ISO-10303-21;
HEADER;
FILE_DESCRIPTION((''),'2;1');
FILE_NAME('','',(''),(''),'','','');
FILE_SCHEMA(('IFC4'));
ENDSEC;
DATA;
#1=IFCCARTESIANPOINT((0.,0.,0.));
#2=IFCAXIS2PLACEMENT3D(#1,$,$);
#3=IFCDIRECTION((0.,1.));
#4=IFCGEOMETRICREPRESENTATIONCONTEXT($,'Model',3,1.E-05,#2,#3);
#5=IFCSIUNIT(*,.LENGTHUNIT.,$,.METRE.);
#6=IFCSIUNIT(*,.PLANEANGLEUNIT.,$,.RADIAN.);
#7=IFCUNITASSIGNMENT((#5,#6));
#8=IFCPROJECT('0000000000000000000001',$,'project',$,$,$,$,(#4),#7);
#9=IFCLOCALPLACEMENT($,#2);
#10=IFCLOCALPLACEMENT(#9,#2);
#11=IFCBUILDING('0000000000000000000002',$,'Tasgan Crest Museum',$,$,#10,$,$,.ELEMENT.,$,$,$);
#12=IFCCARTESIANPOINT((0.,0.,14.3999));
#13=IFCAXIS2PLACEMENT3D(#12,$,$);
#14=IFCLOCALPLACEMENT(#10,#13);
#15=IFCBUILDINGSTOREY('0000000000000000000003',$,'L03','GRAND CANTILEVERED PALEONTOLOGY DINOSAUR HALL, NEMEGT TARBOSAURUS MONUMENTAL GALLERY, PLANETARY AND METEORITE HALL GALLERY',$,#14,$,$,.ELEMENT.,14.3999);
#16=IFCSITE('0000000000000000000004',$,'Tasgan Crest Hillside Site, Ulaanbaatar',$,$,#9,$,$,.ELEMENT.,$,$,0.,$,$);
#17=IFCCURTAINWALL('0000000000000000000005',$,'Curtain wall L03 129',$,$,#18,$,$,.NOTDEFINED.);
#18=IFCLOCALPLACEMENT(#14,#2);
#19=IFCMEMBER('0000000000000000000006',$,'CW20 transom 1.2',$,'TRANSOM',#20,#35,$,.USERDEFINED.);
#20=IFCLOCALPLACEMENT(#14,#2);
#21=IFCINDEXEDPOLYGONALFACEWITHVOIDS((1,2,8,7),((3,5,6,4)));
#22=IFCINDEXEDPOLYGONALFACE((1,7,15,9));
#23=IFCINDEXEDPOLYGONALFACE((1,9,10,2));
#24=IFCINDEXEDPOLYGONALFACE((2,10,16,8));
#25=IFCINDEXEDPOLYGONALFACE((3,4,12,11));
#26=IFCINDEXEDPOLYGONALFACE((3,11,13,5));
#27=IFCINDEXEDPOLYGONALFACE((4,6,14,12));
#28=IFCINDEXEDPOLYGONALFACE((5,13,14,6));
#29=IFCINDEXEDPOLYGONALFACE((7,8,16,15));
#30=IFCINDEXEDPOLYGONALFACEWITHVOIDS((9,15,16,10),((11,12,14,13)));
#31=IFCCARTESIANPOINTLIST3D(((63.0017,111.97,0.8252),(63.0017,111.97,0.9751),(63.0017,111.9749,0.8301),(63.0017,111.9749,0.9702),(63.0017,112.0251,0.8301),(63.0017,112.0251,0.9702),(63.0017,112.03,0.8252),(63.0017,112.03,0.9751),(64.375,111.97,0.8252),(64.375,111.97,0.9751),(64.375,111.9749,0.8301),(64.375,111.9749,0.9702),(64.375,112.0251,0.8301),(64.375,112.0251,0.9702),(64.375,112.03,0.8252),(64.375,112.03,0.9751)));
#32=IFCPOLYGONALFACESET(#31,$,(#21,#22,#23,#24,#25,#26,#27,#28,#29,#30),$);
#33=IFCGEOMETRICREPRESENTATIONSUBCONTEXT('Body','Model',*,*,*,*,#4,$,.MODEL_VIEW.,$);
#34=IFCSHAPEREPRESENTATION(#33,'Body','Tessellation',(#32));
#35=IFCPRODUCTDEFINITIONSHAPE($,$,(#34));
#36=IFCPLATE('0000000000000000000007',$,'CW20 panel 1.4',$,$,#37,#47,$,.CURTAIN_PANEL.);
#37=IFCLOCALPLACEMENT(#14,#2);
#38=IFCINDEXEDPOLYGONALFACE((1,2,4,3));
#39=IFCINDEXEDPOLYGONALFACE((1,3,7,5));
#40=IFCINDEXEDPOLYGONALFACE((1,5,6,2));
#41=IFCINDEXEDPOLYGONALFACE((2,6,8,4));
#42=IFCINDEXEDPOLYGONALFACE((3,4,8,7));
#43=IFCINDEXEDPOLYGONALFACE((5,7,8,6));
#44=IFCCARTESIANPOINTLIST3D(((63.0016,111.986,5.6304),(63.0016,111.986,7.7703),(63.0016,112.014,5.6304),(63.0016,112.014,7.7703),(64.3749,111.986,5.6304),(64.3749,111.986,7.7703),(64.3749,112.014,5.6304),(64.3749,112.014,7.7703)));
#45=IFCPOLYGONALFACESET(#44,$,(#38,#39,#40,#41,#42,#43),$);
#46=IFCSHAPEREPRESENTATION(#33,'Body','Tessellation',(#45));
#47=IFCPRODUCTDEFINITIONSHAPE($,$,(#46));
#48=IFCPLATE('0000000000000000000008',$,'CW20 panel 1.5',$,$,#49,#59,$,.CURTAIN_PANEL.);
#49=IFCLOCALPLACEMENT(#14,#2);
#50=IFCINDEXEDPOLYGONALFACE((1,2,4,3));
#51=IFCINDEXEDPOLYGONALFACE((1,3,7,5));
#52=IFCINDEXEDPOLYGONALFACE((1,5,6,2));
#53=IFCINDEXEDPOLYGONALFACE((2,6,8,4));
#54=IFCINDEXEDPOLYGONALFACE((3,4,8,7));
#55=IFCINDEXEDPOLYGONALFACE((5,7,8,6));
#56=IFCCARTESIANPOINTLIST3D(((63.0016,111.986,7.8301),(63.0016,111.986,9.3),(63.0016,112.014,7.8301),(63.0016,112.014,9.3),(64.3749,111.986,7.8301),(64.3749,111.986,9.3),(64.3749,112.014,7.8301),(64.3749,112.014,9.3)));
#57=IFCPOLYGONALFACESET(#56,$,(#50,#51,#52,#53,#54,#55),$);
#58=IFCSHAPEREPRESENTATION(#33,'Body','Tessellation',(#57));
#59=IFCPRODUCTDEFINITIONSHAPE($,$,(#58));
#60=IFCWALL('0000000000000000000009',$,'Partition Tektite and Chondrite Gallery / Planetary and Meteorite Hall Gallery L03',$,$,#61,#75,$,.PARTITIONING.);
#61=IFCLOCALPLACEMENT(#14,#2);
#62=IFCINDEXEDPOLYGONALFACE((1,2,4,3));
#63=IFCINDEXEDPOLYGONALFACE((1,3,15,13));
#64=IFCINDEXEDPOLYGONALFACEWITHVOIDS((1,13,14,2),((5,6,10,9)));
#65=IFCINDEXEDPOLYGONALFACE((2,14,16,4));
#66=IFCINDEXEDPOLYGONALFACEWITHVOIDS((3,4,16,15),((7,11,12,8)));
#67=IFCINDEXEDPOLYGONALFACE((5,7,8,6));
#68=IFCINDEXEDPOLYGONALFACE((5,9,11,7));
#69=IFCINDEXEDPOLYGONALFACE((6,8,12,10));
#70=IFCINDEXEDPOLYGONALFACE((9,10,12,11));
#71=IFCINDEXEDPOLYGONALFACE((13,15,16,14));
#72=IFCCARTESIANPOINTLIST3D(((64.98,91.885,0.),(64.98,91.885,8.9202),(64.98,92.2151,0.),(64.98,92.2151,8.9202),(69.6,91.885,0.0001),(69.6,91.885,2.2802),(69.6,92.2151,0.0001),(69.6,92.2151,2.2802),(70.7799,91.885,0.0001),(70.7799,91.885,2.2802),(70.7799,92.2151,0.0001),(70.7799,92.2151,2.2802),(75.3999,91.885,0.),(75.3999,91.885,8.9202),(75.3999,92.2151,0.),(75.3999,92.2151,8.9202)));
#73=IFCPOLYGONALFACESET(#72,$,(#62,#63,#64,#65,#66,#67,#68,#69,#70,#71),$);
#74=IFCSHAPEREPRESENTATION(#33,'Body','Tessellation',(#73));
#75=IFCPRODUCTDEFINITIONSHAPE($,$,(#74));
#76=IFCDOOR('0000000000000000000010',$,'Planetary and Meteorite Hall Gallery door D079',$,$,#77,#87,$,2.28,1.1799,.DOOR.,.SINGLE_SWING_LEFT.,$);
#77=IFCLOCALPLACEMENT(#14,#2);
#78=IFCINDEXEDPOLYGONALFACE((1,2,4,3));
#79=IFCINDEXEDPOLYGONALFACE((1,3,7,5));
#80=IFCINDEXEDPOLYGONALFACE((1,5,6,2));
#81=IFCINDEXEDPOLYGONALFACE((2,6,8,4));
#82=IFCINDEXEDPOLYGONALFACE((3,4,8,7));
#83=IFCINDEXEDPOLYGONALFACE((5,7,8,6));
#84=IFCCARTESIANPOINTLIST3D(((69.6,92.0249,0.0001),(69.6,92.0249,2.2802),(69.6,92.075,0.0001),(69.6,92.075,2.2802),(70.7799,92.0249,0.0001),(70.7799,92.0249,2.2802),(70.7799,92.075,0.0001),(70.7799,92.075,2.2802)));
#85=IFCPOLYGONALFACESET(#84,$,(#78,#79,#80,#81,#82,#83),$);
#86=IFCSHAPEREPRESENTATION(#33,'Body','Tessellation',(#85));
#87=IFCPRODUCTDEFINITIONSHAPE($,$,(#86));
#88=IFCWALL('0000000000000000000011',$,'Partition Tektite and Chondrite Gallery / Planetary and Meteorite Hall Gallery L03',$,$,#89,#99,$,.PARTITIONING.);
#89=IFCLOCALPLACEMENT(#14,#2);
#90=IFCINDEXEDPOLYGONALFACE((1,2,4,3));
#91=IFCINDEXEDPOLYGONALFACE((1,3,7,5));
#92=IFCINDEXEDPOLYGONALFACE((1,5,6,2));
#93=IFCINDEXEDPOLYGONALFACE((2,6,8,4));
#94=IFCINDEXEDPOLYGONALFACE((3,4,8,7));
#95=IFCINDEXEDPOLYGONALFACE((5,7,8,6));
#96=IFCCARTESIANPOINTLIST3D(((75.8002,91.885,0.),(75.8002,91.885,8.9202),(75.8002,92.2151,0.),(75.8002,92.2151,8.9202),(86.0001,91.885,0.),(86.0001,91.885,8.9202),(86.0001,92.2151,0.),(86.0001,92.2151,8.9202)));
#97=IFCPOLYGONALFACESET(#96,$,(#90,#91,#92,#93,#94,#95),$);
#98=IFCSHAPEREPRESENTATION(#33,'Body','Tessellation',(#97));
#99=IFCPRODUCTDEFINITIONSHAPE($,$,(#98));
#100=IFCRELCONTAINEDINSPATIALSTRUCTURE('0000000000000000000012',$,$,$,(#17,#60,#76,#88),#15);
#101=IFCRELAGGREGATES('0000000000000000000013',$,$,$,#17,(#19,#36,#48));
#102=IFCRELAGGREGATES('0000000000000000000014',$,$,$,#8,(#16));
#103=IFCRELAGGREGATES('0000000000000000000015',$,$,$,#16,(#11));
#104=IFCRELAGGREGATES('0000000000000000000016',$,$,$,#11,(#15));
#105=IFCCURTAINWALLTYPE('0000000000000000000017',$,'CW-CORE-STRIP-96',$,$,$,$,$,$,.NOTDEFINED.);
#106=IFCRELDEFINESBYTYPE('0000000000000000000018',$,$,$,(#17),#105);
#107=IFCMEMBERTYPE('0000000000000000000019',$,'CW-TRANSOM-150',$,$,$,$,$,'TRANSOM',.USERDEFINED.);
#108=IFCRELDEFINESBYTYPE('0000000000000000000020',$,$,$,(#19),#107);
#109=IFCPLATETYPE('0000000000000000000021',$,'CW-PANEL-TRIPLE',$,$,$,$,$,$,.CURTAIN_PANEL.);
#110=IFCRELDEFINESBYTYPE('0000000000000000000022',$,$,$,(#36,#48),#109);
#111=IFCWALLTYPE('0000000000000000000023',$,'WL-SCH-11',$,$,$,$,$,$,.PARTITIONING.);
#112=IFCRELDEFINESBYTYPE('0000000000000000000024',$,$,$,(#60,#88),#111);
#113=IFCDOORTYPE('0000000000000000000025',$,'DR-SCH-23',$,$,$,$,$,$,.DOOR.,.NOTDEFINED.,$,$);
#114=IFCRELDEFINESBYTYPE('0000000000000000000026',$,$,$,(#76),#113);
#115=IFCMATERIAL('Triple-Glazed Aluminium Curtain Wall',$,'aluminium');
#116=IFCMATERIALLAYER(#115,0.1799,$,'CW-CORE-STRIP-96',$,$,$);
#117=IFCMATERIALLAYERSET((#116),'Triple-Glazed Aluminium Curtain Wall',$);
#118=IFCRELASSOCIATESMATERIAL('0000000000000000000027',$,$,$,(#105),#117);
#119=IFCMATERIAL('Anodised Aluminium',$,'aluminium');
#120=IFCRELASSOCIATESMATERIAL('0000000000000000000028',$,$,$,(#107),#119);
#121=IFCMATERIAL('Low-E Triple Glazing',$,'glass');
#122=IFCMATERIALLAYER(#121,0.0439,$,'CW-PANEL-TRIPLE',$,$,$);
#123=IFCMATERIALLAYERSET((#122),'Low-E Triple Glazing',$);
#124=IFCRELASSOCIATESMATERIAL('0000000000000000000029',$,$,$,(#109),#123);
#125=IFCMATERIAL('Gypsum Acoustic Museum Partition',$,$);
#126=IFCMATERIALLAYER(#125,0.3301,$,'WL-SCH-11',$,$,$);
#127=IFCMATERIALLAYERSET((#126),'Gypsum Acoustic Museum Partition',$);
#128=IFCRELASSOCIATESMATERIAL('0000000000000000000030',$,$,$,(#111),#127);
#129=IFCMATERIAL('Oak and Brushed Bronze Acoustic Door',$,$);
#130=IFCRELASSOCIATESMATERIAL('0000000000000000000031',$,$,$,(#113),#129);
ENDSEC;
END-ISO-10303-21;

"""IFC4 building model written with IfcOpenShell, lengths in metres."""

from ifc_helpers import new_model, si_unit, direction, frame, frame_2d, origin, origin_2d, place, context, subcontext, project, spatial, rectangle, hollow_rectangle, extrude, material, layer, layer_set, material_profile, profile_set, type_object, element, fill, aggregate, save


model = new_model("IFC4")

# Units and contexts
model_context = context("Model", 3, precision=1e-05, world=origin(), true_north=direction((0.0, 1.0)))
body_context = subcontext(model_context, "Body", "Model", "MODEL_VIEW")
ifc_project = project(units=[si_unit("LENGTHUNIT", "METRE"), si_unit("PLANEANGLEUNIT", "RADIAN")], contexts=[model_context])

# Site, building, storey
site_placement = place(None, origin())
site = spatial("IfcSite", under=ifc_project, at=site_placement, Name="Tasgan Crest Hillside Site, Ulaanbaatar", CompositionType="ELEMENT", RefElevation=0.0)
building_placement = place(site_placement, origin())
building = spatial("IfcBuilding", under=site, at=building_placement, Name="Tasgan Crest Museum", CompositionType="ELEMENT")
storey_placement = place(building_placement, frame((0.0, 0.0, 14.3999)))
storey = spatial("IfcBuildingStorey", under=building, at=storey_placement, Name="L03", Description="GRAND CANTILEVERED PALEONTOLOGY DINOSAUR HALL, NEMEGT TARBOSAURUS MONUMENTAL GALLERY, PLANETARY AND METEORITE HALL GALLERY", CompositionType="ELEMENT", Elevation=14.3999)

# Curtain wall, member, plates
ifc_material_1 = material(Name="Triple-Glazed Aluminium Curtain Wall", Category="aluminium")
ifc_layer_1 = layer(ifc_material_1, 0.1799, Name="CW-CORE-STRIP-96")
ifc_layer_set_1 = layer_set([ifc_layer_1], Name="Triple-Glazed Aluminium Curtain Wall")
curtain_wall_type = type_object("IfcCurtainWallType", Name="CW-CORE-STRIP-96", PredefinedType="NOTDEFINED", material=ifc_layer_set_1)
curtain_wall_placement = place(storey_placement, origin())
curtain_wall = element("IfcCurtainWall", 1, at=curtain_wall_placement, inside=storey, type_object=curtain_wall_type, Name="Curtain wall L03 129", PredefinedType="NOTDEFINED")
ifc_material_2 = material(Name="Anodised Aluminium", Category="aluminium")
ifc_material_profile_1 = material_profile(ifc_material_2, hollow_rectangle(XDim=0.0601, YDim=0.1499, WallThickness=0.0049, at=origin_2d()), Name="ALU TRANSOM 150x60x5")
ifc_profile_set_1 = profile_set([ifc_material_profile_1], Name="Anodised Aluminium")
member_type = type_object("IfcMemberType", Name="CW-TRANSOM-150", ElementType="TRANSOM", PredefinedType="USERDEFINED", material=ifc_profile_set_1)
member_1_placement = place(storey_placement, frame((64.375, 112.0, 0.9001), z_axis=(-1.0, 0.0, 0.0), x_axis=(0.0, -1.0, 0.0)))
member_1 = element("IfcMember", 2, at=member_1_placement, type_object=member_type, Name="CW20 transom 1.2", ObjectType="TRANSOM", PredefinedType="USERDEFINED", context=body_context, shape_type="SweptSolid", body=[
    extrude(hollow_rectangle(XDim=0.0601, YDim=0.1499, WallThickness=0.0049, at=origin_2d()), origin(), (0.0, 0.0, 1.0), 1.3733),
])
ifc_material_3 = material(Name="Low-E Triple Glazing", Category="glass")
ifc_layer_2 = layer(ifc_material_3, 0.0439, Name="CW-PANEL-TRIPLE")
ifc_layer_set_2 = layer_set([ifc_layer_2], Name="Low-E Triple Glazing")
plate_type = type_object("IfcPlateType", Name="CW-PANEL-TRIPLE", PredefinedType="CURTAIN_PANEL", material=ifc_layer_set_2)
plate_1_placement = place(storey_placement, frame((63.6882, 112.0, 5.6304), z_axis=(0.0, 0.0, 1.0), x_axis=(-1.0, 0.0, 0.0)))
plate_1 = element("IfcPlate", 3, at=plate_1_placement, type_object=plate_type, Name="CW20 panel 1.4", PredefinedType="CURTAIN_PANEL", context=body_context, shape_type="SweptSolid", body=[
    extrude(rectangle(XDim=1.3733, YDim=0.0281, at=origin_2d()), origin(), (0.0, 0.0, 1.0), 2.1399),
])
plate_2_placement = place(storey_placement, frame((63.6882, 112.0, 7.8301), z_axis=(0.0, 0.0, 1.0), x_axis=(-1.0, 0.0, 0.0)))
plate_2 = element("IfcPlate", 4, at=plate_2_placement, type_object=plate_type, Name="CW20 panel 1.5", PredefinedType="CURTAIN_PANEL", context=body_context, shape_type="SweptSolid", body=[
    extrude(rectangle(XDim=1.3733, YDim=0.0281, at=origin_2d()), origin(), (0.0, 0.0, 1.0), 1.47),
])
aggregate(curtain_wall, [member_1, plate_1, plate_2])

# Wall, opening, door
ifc_material_4 = material(Name="Gypsum Acoustic Museum Partition")
ifc_layer_3 = layer(ifc_material_4, 0.3301, Name="WL-SCH-11")
ifc_layer_set_3 = layer_set([ifc_layer_3], Name="Gypsum Acoustic Museum Partition")
wall_type = type_object("IfcWallType", Name="WL-SCH-11", PredefinedType="PARTITIONING", material=ifc_layer_set_3)
wall_1_placement = place(storey_placement, frame((64.98, 92.05, 0.0), z_axis=(0.0, 0.0, 1.0), x_axis=(1.0, 0.0, 0.0)))
wall_1 = element("IfcWall", 5, at=wall_1_placement, inside=storey, type_object=wall_type, Name="Partition Tektite and Chondrite Gallery / Planetary and Meteorite Hall Gallery L03", PredefinedType="PARTITIONING", context=body_context, shape_type="SweptSolid", body=[
    extrude(rectangle(XDim=10.4199, YDim=0.3301, at=frame_2d((5.21, 0.0))), origin(), (0.0, 0.0, 1.0), 8.9202),
])
opening_placement = place(wall_1_placement, frame((4.6201, 0.0, 0.0)))
opening = element("IfcOpeningElement", 6, at=opening_placement, cuts=wall_1, PredefinedType="OPENING", context=body_context, shape_type="SweptSolid", body=[
    extrude(rectangle(XDim=1.1799, YDim=2.28, at=frame_2d((0.5898, 1.1401))), frame((0.0, 0.175, 0.0), z_axis=(0.0, -1.0, 0.0), x_axis=(1.0, 0.0, 0.0)), (0.0, 0.0, 1.0), 0.3501),
])
ifc_material_5 = material(Name="Oak and Brushed Bronze Acoustic Door")
door_type = type_object("IfcDoorType", Name="DR-SCH-23", OperationType="NOTDEFINED", PredefinedType="DOOR", material=ifc_material_5)
door_placement = place(opening_placement, origin())
door = element("IfcDoor", 7, at=door_placement, inside=storey, type_object=door_type, Name="Planetary and Meteorite Hall Gallery door D079", OperationType="SINGLE_SWING_LEFT", OverallHeight=2.28, OverallWidth=1.1799, PredefinedType="DOOR", context=body_context, shape_type="SweptSolid", body=[
    extrude(rectangle(XDim=1.1799, YDim=2.28, at=frame_2d((0.5898, 1.1401))), frame((0.0, 0.0249, 0.0), z_axis=(0.0, -1.0, 0.0), x_axis=(1.0, 0.0, 0.0)), (0.0, 0.0, 1.0), 0.05),
])
fill(opening, door)

# Wall
wall_2_placement = place(storey_placement, frame((75.8, 92.05, 0.0), z_axis=(0.0, 0.0, 1.0), x_axis=(1.0, 0.0, 0.0)))
element("IfcWall", 8, at=wall_2_placement, inside=storey, type_object=wall_type, Name="Partition Tektite and Chondrite Gallery / Planetary and Meteorite Hall Gallery L03", PredefinedType="PARTITIONING", context=body_context, shape_type="SweptSolid", body=[
    extrude(rectangle(XDim=10.2, YDim=0.3301, at=frame_2d((5.1001, 0.0))), origin(), (0.0, 0.0, 1.0), 8.9202),
])

save(model, "model.ifc")
